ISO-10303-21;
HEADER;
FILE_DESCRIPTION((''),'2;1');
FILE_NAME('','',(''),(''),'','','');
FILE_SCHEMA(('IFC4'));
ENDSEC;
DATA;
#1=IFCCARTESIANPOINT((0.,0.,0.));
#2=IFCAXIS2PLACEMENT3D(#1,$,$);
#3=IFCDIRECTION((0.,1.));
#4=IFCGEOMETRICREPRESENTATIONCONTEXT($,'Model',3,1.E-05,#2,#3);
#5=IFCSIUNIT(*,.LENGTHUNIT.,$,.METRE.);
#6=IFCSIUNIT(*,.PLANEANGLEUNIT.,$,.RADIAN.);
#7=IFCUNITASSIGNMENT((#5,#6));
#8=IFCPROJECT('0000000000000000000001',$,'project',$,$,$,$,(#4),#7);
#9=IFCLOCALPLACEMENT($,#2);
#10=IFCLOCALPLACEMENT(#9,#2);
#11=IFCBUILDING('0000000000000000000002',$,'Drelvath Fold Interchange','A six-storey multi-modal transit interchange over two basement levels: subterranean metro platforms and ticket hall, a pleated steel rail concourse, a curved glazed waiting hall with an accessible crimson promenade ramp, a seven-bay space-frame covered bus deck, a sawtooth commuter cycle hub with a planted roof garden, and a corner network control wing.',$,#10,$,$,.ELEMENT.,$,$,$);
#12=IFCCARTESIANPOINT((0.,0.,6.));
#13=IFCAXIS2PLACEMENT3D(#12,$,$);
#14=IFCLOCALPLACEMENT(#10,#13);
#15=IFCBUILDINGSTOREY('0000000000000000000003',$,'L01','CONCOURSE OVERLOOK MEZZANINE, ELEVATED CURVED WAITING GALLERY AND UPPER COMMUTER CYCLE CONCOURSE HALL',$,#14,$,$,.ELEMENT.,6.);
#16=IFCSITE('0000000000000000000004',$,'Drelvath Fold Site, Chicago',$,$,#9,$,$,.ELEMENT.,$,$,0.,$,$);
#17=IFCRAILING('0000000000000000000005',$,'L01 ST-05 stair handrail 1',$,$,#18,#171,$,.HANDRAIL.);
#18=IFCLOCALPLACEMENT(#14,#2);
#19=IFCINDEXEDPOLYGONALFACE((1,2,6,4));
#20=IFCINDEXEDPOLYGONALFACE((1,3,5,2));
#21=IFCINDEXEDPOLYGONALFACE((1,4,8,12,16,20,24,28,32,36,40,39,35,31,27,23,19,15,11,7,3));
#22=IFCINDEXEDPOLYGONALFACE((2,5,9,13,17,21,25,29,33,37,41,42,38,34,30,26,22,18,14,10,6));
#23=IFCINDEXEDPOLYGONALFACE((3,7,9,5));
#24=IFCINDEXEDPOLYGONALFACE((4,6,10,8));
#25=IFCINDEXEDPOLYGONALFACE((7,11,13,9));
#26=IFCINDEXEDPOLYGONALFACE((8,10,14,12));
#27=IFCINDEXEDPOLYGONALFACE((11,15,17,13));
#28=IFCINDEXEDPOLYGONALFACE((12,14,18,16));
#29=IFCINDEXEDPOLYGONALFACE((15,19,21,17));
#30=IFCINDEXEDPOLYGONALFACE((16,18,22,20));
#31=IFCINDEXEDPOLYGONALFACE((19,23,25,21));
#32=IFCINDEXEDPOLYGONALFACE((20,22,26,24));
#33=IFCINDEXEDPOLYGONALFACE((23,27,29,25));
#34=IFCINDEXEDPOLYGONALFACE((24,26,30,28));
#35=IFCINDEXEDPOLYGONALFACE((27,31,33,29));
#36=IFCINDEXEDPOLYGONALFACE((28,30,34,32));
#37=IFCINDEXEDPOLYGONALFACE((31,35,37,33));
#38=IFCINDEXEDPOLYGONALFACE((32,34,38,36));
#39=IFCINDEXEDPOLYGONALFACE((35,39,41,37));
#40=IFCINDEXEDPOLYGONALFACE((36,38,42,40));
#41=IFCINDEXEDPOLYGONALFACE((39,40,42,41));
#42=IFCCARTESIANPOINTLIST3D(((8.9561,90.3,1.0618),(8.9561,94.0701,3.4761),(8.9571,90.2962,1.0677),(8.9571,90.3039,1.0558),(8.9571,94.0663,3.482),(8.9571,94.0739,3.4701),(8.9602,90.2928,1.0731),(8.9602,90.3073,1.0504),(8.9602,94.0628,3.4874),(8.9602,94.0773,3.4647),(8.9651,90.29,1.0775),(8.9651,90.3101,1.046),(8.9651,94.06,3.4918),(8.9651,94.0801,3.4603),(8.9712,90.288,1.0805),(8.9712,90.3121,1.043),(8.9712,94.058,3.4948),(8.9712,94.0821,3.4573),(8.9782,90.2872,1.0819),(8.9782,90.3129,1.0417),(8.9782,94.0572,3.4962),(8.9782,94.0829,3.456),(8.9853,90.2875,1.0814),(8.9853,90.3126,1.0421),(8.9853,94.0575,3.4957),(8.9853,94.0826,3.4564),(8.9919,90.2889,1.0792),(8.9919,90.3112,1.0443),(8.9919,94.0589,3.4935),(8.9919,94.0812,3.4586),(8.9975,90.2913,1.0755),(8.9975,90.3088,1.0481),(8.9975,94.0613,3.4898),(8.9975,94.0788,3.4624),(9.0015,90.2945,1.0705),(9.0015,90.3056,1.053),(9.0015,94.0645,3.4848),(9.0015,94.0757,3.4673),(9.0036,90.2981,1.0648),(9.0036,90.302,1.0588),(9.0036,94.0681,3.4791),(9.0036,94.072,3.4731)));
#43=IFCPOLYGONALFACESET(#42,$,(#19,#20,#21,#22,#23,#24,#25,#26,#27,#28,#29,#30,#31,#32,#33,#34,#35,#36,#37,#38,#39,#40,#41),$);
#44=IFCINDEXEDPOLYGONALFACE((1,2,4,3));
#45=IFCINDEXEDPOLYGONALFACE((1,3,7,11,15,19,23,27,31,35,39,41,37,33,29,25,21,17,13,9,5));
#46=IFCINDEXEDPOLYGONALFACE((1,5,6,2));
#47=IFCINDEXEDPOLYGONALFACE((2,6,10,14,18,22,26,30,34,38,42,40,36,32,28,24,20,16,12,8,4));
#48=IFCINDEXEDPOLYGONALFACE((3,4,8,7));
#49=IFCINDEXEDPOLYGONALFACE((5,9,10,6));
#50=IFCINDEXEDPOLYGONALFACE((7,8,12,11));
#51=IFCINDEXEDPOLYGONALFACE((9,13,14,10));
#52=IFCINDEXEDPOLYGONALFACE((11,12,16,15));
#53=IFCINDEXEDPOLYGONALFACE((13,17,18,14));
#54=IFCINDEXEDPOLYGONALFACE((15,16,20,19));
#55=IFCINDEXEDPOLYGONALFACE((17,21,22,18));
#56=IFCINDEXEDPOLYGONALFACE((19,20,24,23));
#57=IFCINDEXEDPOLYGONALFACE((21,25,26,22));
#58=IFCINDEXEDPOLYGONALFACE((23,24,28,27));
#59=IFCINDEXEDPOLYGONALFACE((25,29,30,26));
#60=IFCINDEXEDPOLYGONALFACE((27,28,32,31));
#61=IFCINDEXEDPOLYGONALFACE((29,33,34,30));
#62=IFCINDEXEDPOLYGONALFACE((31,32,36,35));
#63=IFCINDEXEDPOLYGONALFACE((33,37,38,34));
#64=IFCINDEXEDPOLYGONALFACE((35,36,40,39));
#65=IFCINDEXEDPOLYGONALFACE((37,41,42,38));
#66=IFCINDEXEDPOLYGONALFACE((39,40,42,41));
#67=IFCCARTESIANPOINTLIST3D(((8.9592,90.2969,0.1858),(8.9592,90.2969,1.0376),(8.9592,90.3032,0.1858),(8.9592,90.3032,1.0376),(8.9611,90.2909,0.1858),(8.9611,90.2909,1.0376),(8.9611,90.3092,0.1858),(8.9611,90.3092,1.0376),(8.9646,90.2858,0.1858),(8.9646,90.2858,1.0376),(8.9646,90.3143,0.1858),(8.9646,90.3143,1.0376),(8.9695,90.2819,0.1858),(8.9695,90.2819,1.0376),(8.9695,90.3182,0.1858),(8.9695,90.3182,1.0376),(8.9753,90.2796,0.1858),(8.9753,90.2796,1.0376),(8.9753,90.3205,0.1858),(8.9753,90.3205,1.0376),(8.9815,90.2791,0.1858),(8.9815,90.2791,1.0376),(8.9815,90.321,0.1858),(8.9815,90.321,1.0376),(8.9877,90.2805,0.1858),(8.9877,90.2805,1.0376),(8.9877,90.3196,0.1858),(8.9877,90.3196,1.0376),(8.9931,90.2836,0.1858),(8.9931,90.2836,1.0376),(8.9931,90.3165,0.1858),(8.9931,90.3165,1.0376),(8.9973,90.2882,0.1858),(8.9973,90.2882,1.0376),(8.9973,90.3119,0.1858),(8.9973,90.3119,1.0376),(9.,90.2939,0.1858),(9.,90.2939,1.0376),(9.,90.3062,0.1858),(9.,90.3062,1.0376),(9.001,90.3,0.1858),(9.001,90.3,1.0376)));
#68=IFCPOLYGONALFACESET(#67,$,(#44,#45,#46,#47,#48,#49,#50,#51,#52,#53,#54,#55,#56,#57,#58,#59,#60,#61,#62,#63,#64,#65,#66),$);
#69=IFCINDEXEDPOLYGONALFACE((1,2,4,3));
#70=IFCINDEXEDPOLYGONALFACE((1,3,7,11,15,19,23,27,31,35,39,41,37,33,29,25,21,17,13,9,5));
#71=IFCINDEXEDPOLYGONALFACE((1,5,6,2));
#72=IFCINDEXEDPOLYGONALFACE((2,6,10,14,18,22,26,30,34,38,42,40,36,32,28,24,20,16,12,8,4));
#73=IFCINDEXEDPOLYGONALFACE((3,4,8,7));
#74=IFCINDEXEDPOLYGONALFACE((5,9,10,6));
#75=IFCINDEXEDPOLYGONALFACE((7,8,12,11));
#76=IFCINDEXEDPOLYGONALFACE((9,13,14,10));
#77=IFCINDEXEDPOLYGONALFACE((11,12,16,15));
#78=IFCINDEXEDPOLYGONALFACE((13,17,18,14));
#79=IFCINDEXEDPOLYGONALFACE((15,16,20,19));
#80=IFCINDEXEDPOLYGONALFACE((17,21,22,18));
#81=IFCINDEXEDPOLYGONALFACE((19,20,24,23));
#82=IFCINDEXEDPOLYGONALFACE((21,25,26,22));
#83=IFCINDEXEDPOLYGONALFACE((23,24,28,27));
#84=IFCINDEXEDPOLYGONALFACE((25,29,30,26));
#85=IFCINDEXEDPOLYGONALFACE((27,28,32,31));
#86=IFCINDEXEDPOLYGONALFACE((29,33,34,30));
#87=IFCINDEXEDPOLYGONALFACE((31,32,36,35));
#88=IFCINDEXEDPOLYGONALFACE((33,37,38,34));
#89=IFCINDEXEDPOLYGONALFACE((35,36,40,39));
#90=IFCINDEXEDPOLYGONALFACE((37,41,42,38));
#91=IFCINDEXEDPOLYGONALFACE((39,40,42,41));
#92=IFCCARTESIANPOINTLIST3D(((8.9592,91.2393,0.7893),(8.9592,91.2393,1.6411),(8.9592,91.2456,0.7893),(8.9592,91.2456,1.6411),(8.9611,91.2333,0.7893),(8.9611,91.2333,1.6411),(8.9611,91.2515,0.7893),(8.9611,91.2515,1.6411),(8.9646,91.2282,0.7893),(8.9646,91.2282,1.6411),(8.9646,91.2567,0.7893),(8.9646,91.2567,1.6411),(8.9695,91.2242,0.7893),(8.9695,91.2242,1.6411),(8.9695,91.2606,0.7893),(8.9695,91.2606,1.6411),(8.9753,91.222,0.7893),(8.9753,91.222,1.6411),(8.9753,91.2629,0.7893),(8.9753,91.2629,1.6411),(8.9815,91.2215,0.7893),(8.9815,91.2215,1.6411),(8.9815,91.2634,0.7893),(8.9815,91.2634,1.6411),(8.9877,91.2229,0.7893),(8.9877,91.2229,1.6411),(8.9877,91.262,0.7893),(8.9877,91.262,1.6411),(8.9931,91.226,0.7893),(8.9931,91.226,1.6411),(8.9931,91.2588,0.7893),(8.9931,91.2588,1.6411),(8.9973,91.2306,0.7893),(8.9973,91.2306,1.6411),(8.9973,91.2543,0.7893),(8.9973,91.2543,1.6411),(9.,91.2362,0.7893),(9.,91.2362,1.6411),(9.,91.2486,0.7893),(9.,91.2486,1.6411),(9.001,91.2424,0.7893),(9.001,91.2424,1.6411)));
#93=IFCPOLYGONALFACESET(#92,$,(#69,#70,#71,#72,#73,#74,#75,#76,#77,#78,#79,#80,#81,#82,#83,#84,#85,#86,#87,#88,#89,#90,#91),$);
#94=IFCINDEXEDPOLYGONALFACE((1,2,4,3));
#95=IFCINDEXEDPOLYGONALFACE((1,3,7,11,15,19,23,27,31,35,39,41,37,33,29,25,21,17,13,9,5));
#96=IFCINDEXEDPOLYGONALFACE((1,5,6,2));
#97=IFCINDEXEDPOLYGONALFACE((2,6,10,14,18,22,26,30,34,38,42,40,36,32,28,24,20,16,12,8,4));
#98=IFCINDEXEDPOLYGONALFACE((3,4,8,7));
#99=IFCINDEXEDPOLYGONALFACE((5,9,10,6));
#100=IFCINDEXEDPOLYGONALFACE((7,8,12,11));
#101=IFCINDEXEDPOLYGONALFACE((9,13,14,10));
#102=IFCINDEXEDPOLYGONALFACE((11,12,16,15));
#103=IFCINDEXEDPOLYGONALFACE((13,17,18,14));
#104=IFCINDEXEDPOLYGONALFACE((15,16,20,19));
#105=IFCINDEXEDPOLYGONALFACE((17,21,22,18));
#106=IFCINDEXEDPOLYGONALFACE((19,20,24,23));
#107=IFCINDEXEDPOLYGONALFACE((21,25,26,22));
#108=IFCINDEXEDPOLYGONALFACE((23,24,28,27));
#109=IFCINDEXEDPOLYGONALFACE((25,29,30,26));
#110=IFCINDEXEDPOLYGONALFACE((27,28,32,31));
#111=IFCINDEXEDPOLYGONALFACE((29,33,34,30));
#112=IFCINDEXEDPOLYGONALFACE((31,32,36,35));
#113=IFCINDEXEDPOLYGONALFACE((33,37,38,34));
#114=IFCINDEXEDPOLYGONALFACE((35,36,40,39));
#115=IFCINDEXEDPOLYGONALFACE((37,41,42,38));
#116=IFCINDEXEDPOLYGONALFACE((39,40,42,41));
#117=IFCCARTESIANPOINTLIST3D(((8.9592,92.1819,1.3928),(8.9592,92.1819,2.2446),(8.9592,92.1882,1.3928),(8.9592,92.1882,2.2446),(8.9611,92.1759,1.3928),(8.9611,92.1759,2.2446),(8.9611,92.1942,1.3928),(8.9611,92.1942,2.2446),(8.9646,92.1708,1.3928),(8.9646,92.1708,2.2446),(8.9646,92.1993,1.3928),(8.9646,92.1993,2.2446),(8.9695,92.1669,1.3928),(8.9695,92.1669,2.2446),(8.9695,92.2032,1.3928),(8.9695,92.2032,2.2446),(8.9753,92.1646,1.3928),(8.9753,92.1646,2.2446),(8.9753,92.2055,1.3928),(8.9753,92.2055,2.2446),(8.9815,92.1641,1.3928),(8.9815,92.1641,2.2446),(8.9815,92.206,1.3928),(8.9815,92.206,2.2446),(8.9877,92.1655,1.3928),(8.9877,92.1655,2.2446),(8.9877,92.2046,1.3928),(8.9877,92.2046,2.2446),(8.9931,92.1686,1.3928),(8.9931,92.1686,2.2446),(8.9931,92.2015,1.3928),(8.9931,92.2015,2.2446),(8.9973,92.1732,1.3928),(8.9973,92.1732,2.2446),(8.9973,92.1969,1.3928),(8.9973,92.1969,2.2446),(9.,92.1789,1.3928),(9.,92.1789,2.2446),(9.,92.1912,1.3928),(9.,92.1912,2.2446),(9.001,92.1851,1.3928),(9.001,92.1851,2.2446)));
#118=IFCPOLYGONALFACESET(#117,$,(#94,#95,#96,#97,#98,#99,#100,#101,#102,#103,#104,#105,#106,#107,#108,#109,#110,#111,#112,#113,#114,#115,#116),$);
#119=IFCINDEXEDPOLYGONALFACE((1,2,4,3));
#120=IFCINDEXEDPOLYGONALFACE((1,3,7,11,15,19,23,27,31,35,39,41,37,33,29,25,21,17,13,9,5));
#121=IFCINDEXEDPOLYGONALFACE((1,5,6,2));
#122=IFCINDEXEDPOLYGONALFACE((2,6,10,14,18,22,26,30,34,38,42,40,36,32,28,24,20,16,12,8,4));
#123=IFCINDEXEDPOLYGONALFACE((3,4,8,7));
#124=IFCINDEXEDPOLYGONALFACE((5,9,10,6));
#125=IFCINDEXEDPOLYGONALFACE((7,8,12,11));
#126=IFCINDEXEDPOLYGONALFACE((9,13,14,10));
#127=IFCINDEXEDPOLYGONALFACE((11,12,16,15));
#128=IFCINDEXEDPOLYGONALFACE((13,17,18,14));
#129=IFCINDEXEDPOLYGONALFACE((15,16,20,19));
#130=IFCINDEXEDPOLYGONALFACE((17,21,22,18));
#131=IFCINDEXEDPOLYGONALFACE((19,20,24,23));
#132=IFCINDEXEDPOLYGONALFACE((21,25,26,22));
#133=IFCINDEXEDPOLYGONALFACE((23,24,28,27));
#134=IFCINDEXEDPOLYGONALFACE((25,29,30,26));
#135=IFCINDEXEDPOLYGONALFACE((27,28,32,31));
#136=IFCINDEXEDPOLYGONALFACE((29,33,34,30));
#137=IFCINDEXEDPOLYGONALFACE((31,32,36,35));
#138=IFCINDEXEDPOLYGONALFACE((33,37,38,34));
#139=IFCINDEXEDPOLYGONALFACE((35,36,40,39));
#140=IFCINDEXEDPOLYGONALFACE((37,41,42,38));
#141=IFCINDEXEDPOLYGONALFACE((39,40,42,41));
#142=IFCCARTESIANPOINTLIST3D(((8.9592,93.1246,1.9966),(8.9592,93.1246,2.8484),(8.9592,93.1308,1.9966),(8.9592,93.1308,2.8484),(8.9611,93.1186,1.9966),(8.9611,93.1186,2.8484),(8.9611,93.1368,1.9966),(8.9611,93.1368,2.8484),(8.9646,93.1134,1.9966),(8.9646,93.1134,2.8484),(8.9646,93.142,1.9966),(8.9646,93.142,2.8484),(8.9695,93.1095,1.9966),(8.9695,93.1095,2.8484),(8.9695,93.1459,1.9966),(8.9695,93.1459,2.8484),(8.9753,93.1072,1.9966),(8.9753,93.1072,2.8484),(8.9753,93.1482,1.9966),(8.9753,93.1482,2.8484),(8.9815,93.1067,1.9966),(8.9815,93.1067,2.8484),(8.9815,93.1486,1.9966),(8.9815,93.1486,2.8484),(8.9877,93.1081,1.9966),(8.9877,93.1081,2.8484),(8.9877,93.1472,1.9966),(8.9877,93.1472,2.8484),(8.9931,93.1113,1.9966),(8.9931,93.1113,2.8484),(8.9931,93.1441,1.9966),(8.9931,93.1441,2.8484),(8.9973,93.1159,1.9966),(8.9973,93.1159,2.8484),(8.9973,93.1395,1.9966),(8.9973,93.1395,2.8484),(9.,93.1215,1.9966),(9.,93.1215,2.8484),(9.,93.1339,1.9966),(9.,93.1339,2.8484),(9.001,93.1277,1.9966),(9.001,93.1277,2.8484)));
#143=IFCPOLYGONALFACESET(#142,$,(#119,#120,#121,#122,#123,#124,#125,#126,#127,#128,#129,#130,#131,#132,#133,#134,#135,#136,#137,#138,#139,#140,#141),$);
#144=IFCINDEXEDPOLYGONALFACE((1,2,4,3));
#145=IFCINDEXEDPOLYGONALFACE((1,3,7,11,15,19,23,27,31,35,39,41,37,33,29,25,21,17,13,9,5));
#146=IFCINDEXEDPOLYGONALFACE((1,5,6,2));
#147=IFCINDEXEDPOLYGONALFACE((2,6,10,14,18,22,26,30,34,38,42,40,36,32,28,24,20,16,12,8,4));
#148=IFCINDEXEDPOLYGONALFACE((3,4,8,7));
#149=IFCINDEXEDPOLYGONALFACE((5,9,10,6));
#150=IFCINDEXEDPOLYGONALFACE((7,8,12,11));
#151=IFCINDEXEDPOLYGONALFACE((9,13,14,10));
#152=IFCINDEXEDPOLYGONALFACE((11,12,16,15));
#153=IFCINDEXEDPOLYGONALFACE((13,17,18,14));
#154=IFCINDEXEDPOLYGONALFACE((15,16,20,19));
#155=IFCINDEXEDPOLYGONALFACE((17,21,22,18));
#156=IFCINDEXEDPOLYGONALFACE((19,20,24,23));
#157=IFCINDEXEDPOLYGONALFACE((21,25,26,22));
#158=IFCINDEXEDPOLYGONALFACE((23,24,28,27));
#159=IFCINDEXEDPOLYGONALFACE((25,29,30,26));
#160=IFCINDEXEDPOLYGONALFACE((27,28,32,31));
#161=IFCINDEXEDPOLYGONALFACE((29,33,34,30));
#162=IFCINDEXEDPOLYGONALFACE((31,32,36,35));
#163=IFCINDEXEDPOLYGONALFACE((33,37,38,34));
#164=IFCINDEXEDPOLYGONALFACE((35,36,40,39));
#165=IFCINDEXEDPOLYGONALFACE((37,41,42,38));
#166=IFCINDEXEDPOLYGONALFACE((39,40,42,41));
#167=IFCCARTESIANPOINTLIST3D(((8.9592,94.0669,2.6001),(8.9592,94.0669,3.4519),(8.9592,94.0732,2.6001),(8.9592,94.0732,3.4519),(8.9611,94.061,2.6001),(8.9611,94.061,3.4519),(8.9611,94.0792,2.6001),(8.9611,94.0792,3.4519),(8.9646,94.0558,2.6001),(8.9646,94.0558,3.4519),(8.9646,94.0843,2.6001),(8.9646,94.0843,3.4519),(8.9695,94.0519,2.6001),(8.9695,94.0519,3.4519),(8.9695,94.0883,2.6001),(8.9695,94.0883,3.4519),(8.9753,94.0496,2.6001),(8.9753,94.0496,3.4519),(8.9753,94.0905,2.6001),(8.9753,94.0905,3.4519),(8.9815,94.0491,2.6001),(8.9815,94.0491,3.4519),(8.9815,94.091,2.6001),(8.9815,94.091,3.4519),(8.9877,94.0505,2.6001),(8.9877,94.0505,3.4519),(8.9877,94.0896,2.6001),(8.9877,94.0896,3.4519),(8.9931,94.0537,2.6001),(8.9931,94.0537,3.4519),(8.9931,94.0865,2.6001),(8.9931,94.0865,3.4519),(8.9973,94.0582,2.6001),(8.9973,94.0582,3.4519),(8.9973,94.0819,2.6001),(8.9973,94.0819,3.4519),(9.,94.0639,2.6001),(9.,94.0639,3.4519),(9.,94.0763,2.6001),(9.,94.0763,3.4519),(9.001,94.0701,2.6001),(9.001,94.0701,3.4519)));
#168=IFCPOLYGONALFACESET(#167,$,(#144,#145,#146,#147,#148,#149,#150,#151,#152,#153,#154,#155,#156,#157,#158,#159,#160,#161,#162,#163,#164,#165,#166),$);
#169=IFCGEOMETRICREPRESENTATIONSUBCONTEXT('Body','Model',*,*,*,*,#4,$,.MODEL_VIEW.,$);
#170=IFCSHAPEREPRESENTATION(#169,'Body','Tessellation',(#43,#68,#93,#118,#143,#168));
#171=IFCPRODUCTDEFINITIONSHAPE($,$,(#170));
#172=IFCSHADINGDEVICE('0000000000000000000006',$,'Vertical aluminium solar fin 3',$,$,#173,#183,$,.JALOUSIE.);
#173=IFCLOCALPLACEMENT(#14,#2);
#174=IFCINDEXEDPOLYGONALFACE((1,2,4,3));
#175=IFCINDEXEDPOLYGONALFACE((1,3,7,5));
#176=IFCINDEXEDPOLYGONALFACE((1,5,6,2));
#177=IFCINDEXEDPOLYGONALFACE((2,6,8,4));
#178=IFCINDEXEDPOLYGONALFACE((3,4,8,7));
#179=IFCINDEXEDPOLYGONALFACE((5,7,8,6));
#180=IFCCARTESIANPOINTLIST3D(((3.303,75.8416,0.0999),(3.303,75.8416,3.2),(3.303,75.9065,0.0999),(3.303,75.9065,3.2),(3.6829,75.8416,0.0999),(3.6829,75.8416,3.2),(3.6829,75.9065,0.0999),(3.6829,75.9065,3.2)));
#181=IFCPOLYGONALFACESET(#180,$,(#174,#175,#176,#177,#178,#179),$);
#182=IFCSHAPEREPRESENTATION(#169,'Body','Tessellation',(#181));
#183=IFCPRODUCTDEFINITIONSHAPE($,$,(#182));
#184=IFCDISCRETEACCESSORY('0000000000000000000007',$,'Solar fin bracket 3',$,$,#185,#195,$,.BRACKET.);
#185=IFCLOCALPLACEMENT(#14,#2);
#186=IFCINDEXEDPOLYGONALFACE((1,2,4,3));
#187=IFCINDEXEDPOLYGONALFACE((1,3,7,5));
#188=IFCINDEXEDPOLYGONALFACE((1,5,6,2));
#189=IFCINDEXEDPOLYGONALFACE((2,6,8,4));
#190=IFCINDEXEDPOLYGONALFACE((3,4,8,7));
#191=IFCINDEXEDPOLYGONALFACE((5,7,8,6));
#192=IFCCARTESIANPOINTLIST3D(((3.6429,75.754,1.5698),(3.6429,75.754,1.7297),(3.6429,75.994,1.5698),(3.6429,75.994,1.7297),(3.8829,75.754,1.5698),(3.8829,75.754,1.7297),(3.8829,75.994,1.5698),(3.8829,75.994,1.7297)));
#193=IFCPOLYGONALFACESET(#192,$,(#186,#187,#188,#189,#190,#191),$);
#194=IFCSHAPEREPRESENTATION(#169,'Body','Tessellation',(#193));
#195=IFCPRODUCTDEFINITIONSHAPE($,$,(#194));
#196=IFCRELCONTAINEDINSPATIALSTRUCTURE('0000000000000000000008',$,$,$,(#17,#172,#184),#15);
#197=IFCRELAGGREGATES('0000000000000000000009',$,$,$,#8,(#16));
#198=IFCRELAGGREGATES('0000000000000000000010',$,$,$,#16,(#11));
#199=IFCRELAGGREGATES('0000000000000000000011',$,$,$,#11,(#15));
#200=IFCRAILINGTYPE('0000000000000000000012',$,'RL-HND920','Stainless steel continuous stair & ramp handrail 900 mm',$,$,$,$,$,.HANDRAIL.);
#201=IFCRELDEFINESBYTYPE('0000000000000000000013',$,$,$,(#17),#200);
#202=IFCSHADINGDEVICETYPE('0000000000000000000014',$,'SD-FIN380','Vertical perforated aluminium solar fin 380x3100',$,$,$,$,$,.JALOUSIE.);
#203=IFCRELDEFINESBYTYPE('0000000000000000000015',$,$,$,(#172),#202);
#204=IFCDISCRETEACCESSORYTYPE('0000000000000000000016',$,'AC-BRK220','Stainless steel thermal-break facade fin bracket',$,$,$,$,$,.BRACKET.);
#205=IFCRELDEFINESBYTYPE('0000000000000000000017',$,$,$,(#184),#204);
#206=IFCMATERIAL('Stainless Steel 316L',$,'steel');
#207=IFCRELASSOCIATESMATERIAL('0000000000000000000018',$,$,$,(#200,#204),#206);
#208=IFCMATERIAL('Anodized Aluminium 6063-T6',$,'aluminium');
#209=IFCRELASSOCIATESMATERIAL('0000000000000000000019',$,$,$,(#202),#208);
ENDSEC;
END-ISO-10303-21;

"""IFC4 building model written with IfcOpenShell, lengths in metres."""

from ifc_helpers import new_model, si_unit, direction, frame, origin, origin_2d, place, context, subcontext, project, spatial, rectangle, circle, extrude, material, type_object, element, save


model = new_model("IFC4")

# Units and contexts
model_context = context("Model", 3, precision=1e-05, world=origin(), true_north=direction((0.0, 1.0)))
body_context = subcontext(model_context, "Body", "Model", "MODEL_VIEW")
ifc_project = project(units=[si_unit("LENGTHUNIT", "METRE"), si_unit("PLANEANGLEUNIT", "RADIAN")], contexts=[model_context])

# Site, building, storey
site_placement = place(None, origin())
site = spatial("IfcSite", under=ifc_project, at=site_placement, Name="Drelvath Fold Site, Chicago", CompositionType="ELEMENT", RefElevation=0.0)
building_placement = place(site_placement, origin())
building = spatial("IfcBuilding", under=site, at=building_placement, Name="Drelvath Fold Interchange", Description="A six-storey multi-modal transit interchange over two basement levels: subterranean metro platforms and ticket hall, a pleated steel rail concourse, a curved glazed waiting hall with an accessible crimson promenade ramp, a seven-bay space-frame covered bus deck, a sawtooth commuter cycle hub with a planted roof garden, and a corner network control wing.", CompositionType="ELEMENT")
storey_placement = place(building_placement, frame((0.0, 0.0, 6.0)))
storey = spatial("IfcBuildingStorey", under=building, at=storey_placement, Name="L01", Description="CONCOURSE OVERLOOK MEZZANINE, ELEVATED CURVED WAITING GALLERY AND UPPER COMMUTER CYCLE CONCOURSE HALL", CompositionType="ELEMENT", Elevation=6.0)

# Railing
ifc_material_1 = material(Name="Stainless Steel 316L", Category="steel")
railing_type_1 = type_object("IfcRailingType", Name="RL-HND920", Description="Stainless steel continuous stair & ramp handrail 900 mm", PredefinedType="HANDRAIL", material=ifc_material_1)
railing_1_placement = place(storey_placement, frame((8.98, 90.3, 0.1858)))
element("IfcRailing", 1, at=railing_1_placement, inside=storey, type_object=railing_type_1, Name="L01 ST-05 stair handrail 1", PredefinedType="HANDRAIL", context=body_context, shape_type="SweptSolid", body=[
    extrude(circle(Radius=0.0239, at=origin_2d()), frame((0.0, 0.0, 0.876), z_axis=(0.0, 0.84212, 0.53929), x_axis=(-1.0, 0.0, 0.0)), (0.0, 0.0, 1.0), 4.4768),
    extrude(circle(Radius=0.021, at=origin_2d()), origin(), (0.0, 0.0, 1.0), 0.8518),
    extrude(circle(Radius=0.021, at=origin_2d()), frame((0.0, 0.9424, 0.6035)), (0.0, 0.0, 1.0), 0.8518),
    extrude(circle(Radius=0.021, at=origin_2d()), frame((0.0, 1.885, 1.207)), (0.0, 0.0, 1.0), 0.8518),
    extrude(circle(Radius=0.021, at=origin_2d()), frame((0.0, 2.8276, 1.8108)), (0.0, 0.0, 1.0), 0.8518),
    extrude(circle(Radius=0.021, at=origin_2d()), frame((0.0, 3.77, 2.4143)), (0.0, 0.0, 1.0), 0.8518),
])

# Shading device
ifc_material_2 = material(Name="Anodized Aluminium 6063-T6", Category="aluminium")
shading_device_type = type_object("IfcShadingDeviceType", Name="SD-FIN380", Description="Vertical perforated aluminium solar fin 380x3100", PredefinedType="JALOUSIE", material=ifc_material_2)
shading_device_placement = place(storey_placement, frame((3.4929, 75.874, 0.0999), z_axis=(0.0, 0.0, 1.0), x_axis=(1.0, 0.0, 0.0)))
element("IfcShadingDevice", 2, at=shading_device_placement, inside=storey, type_object=shading_device_type, Name="Vertical aluminium solar fin 3", PredefinedType="JALOUSIE", context=body_context, shape_type="SweptSolid", body=[
    extrude(rectangle(XDim=0.3799, YDim=0.0649, at=origin_2d()), origin(), (0.0, 0.0, 1.0), 3.1001),
])

# Discrete accessory
discrete_accessory_type = type_object("IfcDiscreteAccessoryType", Name="AC-BRK220", Description="Stainless steel thermal-break facade fin bracket", PredefinedType="BRACKET", material=ifc_material_1)
discrete_accessory_placement = place(storey_placement, frame((3.7629, 75.874, 1.5698), z_axis=(0.0, 0.0, 1.0), x_axis=(1.0, 0.0, 0.0)))
element("IfcDiscreteAccessory", 3, at=discrete_accessory_placement, inside=storey, type_object=discrete_accessory_type, Name="Solar fin bracket 3", PredefinedType="BRACKET", context=body_context, shape_type="SweptSolid", body=[
    extrude(rectangle(XDim=0.24, YDim=0.24, at=origin_2d()), origin(), (0.0, 0.0, 1.0), 0.1599),
])

save(model, "model.ifc")
